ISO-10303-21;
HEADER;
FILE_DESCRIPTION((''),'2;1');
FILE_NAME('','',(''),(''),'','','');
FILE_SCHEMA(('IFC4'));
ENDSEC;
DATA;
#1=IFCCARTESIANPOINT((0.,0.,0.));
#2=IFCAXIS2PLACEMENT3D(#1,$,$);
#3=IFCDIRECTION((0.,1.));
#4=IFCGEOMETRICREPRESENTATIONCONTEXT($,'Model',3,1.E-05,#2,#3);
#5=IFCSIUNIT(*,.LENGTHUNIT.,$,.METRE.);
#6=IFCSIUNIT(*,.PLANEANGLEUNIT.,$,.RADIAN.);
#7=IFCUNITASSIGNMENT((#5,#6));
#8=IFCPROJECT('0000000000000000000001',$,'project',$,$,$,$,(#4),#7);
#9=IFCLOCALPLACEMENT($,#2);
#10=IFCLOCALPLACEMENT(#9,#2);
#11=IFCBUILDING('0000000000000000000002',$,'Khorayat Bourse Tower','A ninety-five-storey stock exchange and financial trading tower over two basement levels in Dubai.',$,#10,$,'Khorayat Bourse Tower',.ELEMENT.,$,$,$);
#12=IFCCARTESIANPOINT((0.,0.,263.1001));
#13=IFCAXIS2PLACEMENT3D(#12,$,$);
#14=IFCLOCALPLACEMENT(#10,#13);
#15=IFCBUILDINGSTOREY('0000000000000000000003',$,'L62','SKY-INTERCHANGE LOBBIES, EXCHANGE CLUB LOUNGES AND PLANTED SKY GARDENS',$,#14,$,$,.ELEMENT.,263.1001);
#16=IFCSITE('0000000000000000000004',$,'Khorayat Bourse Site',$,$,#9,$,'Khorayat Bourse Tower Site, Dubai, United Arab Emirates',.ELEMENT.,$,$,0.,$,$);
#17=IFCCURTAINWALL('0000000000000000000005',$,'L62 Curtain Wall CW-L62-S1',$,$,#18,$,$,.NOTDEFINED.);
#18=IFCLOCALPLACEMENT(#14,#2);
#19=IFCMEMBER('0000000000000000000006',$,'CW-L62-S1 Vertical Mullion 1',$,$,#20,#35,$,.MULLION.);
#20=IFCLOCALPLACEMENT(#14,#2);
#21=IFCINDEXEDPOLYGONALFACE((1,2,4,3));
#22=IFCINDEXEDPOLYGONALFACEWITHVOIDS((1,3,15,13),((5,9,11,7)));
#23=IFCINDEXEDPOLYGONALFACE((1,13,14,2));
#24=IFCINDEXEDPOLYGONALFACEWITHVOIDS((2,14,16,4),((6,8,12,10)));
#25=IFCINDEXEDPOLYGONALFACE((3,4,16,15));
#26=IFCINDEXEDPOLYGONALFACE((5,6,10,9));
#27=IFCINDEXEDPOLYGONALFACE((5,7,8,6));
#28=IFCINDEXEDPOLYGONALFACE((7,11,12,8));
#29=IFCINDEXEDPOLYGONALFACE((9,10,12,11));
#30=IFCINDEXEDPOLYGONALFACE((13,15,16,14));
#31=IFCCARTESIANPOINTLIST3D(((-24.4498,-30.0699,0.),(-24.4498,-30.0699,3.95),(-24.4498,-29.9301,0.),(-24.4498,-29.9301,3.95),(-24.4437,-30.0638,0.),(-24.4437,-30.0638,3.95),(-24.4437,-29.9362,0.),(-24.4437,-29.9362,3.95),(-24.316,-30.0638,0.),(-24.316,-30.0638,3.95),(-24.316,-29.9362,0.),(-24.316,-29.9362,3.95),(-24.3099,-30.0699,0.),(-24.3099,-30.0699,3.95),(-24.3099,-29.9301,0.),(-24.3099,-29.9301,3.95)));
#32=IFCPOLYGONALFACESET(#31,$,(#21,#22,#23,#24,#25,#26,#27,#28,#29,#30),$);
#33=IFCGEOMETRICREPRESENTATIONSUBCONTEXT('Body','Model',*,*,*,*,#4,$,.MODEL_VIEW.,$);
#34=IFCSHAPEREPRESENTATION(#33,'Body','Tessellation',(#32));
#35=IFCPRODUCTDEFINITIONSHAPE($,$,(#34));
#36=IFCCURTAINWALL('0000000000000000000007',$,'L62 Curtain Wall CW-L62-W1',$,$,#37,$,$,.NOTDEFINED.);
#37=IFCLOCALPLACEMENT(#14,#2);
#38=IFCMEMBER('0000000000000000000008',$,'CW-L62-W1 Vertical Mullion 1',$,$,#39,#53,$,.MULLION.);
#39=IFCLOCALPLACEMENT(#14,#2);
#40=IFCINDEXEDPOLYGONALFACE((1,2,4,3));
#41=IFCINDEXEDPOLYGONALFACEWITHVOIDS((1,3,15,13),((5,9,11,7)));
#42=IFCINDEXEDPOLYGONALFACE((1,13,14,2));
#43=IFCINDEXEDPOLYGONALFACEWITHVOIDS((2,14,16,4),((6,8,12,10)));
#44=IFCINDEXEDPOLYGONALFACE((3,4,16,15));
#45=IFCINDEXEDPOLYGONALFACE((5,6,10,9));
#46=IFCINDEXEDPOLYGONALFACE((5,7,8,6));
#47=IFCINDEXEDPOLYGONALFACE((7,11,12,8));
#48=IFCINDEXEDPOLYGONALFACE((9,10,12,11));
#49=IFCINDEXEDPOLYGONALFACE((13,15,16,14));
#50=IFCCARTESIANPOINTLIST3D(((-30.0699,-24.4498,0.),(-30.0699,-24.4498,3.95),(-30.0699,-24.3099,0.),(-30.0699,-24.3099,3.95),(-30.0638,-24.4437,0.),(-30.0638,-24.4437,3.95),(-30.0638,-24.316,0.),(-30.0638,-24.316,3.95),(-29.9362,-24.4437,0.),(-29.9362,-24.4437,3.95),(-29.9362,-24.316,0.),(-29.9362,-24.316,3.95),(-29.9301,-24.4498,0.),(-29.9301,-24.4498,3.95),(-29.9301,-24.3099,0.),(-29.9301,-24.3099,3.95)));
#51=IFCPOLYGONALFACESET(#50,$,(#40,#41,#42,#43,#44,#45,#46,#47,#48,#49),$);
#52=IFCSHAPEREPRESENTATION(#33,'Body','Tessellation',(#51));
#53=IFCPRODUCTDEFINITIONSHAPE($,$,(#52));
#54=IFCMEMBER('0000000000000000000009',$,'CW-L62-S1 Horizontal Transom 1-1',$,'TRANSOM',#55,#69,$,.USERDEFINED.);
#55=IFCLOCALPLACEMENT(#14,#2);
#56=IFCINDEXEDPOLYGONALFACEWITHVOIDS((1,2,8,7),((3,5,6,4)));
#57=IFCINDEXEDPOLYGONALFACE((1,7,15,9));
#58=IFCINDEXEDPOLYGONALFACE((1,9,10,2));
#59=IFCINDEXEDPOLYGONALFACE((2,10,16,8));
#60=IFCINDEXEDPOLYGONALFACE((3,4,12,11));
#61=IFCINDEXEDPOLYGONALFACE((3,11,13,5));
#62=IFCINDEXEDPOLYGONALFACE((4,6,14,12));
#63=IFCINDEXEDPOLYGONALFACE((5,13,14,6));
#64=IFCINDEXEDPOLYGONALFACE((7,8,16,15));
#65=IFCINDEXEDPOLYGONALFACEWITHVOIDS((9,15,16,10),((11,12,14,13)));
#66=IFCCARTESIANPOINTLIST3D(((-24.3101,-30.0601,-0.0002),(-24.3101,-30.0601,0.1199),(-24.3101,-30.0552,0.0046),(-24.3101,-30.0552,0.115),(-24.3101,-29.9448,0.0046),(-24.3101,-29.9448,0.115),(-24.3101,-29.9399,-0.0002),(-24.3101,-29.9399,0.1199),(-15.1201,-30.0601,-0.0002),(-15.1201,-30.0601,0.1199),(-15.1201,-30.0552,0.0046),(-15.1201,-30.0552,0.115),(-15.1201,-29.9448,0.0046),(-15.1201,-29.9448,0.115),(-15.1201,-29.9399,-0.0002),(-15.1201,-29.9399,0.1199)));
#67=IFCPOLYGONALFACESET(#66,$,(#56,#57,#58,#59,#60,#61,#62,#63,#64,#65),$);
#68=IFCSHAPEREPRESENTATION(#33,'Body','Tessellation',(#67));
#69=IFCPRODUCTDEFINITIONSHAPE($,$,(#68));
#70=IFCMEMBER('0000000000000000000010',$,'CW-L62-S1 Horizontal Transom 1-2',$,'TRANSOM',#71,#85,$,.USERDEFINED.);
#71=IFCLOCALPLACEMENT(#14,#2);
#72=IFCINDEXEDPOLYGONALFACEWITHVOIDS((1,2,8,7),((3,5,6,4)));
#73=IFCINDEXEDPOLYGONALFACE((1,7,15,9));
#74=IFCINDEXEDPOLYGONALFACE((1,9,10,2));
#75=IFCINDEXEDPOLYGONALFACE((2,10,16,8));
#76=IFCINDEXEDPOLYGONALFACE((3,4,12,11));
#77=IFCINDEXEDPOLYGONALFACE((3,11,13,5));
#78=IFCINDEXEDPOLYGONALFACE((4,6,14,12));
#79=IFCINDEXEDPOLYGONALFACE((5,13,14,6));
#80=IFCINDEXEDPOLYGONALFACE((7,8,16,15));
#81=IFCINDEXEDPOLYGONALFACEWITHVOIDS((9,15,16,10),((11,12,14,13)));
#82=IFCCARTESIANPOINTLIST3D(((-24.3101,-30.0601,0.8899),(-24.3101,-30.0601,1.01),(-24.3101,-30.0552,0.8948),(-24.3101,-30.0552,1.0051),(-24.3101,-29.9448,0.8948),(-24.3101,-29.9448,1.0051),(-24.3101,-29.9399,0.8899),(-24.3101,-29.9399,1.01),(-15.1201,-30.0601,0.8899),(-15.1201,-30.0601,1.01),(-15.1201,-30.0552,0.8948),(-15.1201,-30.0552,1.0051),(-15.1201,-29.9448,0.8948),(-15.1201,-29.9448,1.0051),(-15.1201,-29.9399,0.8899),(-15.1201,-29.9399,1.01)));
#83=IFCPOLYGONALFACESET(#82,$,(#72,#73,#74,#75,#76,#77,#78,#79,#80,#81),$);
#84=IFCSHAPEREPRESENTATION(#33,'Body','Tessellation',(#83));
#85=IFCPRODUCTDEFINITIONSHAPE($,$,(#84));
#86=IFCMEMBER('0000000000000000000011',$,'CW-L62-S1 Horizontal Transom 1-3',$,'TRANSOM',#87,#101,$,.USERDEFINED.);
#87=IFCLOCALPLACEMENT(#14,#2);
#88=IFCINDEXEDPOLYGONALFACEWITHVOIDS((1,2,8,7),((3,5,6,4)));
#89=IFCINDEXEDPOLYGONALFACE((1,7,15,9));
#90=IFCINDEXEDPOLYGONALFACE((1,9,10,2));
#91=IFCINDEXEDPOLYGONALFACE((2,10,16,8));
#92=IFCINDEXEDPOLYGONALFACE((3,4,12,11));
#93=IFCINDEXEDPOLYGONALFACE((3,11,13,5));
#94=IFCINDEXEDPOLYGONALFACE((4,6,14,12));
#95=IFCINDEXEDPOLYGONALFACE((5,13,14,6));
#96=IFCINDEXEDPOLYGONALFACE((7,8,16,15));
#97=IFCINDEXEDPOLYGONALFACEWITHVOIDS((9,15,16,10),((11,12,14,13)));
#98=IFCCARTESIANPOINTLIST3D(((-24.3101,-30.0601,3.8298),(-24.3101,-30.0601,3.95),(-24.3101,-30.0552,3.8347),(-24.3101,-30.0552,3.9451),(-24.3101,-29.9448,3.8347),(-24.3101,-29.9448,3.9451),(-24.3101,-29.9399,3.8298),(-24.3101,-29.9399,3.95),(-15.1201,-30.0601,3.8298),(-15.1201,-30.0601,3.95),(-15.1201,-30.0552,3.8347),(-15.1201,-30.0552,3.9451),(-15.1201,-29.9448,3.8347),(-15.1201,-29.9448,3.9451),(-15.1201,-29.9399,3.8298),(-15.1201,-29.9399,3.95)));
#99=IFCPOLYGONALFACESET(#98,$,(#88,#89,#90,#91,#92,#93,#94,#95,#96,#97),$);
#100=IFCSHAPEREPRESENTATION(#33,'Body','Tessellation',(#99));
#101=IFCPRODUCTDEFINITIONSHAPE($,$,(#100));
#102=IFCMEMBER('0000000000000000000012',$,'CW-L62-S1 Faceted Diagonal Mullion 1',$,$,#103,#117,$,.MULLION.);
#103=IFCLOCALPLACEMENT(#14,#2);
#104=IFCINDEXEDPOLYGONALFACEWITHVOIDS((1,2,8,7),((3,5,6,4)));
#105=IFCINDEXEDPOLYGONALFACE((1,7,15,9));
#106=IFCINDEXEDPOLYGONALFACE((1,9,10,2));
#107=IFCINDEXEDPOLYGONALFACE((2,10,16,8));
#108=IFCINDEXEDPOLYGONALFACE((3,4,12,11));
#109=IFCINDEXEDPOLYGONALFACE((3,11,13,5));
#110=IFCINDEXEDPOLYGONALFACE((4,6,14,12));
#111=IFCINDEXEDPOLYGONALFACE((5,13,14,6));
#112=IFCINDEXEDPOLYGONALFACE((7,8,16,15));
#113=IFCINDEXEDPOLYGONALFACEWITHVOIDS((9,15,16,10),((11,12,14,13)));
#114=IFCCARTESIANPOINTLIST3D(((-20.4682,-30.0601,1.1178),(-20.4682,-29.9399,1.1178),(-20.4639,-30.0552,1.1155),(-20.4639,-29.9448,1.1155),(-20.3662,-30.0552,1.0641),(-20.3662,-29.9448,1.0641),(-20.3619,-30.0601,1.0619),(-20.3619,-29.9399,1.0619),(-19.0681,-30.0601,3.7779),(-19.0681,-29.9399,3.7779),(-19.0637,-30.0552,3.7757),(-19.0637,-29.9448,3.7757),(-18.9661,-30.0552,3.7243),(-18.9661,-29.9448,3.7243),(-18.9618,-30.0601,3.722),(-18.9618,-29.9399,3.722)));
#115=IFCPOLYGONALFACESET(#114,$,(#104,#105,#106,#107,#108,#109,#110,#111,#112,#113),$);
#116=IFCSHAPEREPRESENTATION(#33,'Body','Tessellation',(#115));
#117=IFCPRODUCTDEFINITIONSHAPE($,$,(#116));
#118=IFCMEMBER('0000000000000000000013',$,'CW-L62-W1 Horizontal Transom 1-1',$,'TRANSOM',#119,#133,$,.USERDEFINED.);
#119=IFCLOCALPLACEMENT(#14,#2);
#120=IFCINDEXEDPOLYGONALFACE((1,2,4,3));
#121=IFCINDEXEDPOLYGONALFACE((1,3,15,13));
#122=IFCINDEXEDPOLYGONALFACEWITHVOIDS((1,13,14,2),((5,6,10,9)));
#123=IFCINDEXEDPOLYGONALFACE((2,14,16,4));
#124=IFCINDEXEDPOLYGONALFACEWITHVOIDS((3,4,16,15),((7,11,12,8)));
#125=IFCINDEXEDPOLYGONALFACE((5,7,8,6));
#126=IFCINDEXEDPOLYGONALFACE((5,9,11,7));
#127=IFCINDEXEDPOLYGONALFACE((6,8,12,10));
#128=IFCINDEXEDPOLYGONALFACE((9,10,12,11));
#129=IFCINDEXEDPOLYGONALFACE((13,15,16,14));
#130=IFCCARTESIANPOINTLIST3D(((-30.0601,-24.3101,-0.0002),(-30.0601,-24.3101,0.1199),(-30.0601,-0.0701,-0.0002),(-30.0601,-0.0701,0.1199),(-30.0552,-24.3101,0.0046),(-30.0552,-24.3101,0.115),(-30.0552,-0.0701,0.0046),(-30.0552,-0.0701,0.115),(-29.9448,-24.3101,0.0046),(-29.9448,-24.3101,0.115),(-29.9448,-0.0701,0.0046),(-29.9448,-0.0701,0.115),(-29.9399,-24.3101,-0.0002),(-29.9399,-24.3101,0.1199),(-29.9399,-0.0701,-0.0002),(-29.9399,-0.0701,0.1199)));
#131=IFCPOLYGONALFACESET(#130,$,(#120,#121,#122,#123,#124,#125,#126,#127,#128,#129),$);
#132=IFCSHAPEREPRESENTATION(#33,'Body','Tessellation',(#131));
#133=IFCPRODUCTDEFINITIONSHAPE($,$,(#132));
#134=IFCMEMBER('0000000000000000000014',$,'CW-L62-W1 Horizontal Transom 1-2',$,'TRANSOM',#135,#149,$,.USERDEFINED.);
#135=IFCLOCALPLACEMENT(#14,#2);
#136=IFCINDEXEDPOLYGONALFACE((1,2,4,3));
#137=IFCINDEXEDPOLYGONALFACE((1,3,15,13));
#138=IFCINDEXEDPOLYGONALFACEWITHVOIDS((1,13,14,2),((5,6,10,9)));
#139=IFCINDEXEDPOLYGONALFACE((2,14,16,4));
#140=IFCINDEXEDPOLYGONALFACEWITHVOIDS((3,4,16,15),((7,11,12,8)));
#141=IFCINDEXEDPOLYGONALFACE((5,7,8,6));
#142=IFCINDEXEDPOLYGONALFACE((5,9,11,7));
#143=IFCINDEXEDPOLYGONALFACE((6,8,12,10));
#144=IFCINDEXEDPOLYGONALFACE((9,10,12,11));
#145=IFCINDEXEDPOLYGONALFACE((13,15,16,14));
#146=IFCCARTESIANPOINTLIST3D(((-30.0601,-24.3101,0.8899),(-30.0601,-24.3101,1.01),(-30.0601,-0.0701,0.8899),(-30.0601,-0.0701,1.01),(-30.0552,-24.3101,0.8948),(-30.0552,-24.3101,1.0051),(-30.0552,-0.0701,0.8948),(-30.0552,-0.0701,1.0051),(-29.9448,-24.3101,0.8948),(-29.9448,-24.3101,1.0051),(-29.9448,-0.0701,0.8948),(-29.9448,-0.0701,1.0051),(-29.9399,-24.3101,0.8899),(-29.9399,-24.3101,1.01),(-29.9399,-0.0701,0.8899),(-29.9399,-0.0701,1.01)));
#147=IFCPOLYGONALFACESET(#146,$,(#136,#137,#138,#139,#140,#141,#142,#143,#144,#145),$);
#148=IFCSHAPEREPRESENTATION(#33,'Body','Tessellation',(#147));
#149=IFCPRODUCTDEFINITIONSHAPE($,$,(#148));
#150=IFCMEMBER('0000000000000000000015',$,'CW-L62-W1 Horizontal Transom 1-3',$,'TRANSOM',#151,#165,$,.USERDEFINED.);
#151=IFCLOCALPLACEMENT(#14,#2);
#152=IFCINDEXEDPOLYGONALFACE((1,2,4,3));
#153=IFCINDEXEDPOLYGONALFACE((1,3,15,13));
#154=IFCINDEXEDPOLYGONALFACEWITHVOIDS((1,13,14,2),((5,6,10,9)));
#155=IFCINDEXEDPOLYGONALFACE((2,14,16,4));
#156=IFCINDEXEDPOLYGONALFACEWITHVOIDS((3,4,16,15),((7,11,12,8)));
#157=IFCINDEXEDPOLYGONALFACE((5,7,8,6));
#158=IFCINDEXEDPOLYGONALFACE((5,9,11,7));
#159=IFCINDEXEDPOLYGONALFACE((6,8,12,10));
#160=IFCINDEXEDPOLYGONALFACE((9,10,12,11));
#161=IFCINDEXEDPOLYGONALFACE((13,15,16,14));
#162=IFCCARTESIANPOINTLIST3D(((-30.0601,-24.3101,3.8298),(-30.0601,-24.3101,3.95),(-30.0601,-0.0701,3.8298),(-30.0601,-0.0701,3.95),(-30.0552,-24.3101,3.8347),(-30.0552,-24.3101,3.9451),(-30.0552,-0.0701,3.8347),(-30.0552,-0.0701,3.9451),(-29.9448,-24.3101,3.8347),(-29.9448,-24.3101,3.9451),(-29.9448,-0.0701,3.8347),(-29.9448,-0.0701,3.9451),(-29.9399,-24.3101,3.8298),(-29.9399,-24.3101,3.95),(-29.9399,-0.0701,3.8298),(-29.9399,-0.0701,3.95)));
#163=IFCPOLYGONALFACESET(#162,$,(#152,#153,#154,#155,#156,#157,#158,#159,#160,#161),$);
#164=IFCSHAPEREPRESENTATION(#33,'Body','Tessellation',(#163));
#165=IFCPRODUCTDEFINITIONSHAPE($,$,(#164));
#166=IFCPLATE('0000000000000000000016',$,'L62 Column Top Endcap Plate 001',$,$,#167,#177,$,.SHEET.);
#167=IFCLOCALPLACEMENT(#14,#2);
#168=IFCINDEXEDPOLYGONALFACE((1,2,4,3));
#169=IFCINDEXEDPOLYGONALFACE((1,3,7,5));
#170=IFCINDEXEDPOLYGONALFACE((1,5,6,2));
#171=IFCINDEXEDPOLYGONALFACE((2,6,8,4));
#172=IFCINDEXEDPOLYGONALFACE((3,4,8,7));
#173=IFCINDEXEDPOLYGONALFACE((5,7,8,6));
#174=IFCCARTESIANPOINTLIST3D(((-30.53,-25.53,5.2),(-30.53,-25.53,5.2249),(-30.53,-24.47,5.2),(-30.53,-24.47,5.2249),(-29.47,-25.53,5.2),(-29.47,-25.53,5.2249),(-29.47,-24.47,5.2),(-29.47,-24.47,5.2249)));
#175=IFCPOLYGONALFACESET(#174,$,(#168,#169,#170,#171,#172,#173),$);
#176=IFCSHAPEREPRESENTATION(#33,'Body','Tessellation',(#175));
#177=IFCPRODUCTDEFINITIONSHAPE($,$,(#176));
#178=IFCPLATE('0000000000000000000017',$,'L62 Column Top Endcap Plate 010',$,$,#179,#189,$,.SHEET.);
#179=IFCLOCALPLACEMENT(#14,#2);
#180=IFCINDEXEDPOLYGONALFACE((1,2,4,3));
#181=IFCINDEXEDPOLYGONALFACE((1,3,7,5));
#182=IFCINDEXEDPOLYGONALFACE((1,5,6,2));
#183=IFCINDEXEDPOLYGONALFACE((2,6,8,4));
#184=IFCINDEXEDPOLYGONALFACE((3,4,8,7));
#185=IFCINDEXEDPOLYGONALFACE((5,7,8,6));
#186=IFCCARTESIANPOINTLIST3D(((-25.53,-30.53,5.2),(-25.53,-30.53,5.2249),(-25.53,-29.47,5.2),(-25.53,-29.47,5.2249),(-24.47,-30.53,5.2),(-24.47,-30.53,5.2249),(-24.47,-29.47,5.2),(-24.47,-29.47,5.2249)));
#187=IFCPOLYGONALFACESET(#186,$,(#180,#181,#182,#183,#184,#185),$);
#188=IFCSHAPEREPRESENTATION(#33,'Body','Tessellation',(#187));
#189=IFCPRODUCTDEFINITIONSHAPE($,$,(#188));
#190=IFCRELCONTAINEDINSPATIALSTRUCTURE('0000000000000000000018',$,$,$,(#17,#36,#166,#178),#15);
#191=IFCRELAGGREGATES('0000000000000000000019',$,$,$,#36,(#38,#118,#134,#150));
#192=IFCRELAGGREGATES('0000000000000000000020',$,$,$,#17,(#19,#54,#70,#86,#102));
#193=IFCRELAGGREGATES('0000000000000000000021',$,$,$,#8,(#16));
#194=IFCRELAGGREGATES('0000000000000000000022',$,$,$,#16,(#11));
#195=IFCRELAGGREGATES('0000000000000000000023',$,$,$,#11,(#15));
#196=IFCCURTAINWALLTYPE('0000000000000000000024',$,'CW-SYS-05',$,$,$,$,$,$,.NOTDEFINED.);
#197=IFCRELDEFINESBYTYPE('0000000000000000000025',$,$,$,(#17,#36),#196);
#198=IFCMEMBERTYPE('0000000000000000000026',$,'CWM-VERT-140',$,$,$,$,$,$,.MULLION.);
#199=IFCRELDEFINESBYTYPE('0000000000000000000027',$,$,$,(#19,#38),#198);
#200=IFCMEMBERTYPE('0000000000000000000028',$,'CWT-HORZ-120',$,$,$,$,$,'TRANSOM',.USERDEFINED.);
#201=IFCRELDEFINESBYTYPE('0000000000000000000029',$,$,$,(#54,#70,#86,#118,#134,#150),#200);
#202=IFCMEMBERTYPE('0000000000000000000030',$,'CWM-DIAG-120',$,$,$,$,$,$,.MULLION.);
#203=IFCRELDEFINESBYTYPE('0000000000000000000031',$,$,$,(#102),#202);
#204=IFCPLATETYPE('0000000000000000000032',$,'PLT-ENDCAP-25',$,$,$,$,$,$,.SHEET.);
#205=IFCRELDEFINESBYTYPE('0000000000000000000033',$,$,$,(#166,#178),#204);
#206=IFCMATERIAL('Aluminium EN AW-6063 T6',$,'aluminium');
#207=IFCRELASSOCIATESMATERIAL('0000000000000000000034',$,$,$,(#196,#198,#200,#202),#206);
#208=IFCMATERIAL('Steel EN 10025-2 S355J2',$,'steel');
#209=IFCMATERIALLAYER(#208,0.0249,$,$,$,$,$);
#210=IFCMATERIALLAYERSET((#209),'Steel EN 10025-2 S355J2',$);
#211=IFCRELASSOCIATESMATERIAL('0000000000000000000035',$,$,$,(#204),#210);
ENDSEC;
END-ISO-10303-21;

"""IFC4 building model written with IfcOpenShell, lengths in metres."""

from ifc_helpers import new_model, si_unit, direction, frame, origin, origin_2d, place, context, subcontext, project, spatial, rectangle, hollow_rectangle, extrude, source, transform, mapped, material, layer, layer_set, material_profile, profile_set, type_object, element, aggregate, save


model = new_model("IFC4")

# Units and contexts
model_context = context("Model", 3, precision=1e-05, world=origin(), true_north=direction((0.0, 1.0)))
body_context = subcontext(model_context, "Body", "Model", "MODEL_VIEW")
ifc_project = project(units=[si_unit("LENGTHUNIT", "METRE"), si_unit("PLANEANGLEUNIT", "RADIAN")], contexts=[model_context])

# Site, building, storey
site_placement = place(None, origin())
site = spatial("IfcSite", under=ifc_project, at=site_placement, Name="Khorayat Bourse Site", LongName="Khorayat Bourse Tower Site, Dubai, United Arab Emirates", CompositionType="ELEMENT", RefElevation=0.0)
building_placement = place(site_placement, origin())
building = spatial("IfcBuilding", under=site, at=building_placement, Name="Khorayat Bourse Tower", Description="A ninety-five-storey stock exchange and financial trading tower over two basement levels in Dubai.", LongName="Khorayat Bourse Tower", CompositionType="ELEMENT")
storey_placement = place(building_placement, frame((0.0, 0.0, 263.1001)))
storey = spatial("IfcBuildingStorey", under=building, at=storey_placement, Name="L62", Description="SKY-INTERCHANGE LOBBIES, EXCHANGE CLUB LOUNGES AND PLANTED SKY GARDENS", CompositionType="ELEMENT", Elevation=263.1001)

# Curtain walls, members
ifc_material_1 = material(Name="Aluminium EN AW-6063 T6", Category="aluminium")
curtain_wall_type = type_object("IfcCurtainWallType", Name="CW-SYS-05", PredefinedType="NOTDEFINED", material=ifc_material_1)
curtain_wall_1_placement = place(storey_placement, origin())
curtain_wall_1 = element("IfcCurtainWall", 1, at=curtain_wall_1_placement, inside=storey, type_object=curtain_wall_type, Name="L62 Curtain Wall CW-L62-S1", PredefinedType="NOTDEFINED")
ifc_material_profile_1 = material_profile(ifc_material_1, hollow_rectangle(XDim=0.1399, YDim=0.1399, WallThickness=0.0061, at=origin_2d()), Name="ALU 140x140x6")
ifc_profile_set_1 = profile_set([ifc_material_profile_1], Name="Aluminium EN AW-6063 T6")
member_type_1 = type_object("IfcMemberType", Name="CWM-VERT-140", PredefinedType="MULLION", material=ifc_profile_set_1)
shared_shape_1 = source(origin(), body_context, "Body", "SweptSolid", [
    extrude(hollow_rectangle(XDim=0.1399, YDim=0.1399, WallThickness=0.0061, at=origin_2d()), origin(), (0.0, 0.0, 1.0), 3.95),
])
member_1_placement = place(storey_placement, frame((-24.3799, -30.0, 0.0), z_axis=(0.0, 0.0, 1.0), x_axis=(0.0, 1.0, 0.0)))
member_1 = element("IfcMember", 2, at=member_1_placement, type_object=member_type_1, Name="CW-L62-S1 Vertical Mullion 1", PredefinedType="MULLION", context=body_context, shape_type="MappedRepresentation", body=[
    mapped(shared_shape_1, transform((0.0, 0.0, 0.0), scale=1.0)),
])
curtain_wall_2_placement = place(storey_placement, origin())
curtain_wall_2 = element("IfcCurtainWall", 3, at=curtain_wall_2_placement, inside=storey, type_object=curtain_wall_type, Name="L62 Curtain Wall CW-L62-W1", PredefinedType="NOTDEFINED")
member_2_placement = place(storey_placement, frame((-30.0, -24.3799, 0.0), z_axis=(0.0, 0.0, 1.0), x_axis=(-1.0, 0.0, 0.0)))
member_2 = element("IfcMember", 4, at=member_2_placement, type_object=member_type_1, Name="CW-L62-W1 Vertical Mullion 1", PredefinedType="MULLION", context=body_context, shape_type="MappedRepresentation", body=[
    mapped(shared_shape_1, transform((0.0, 0.0, 0.0), scale=1.0)),
])

# Members
ifc_material_profile_2 = material_profile(ifc_material_1, hollow_rectangle(XDim=0.1201, YDim=0.1201, WallThickness=0.0049, at=origin_2d()), Name="ALU 120x120x5")
ifc_profile_set_2 = profile_set([ifc_material_profile_2], Name="Aluminium EN AW-6063 T6")
member_type_2 = type_object("IfcMemberType", Name="CWT-HORZ-120", ElementType="TRANSOM", PredefinedType="USERDEFINED", material=ifc_profile_set_2)
shared_shape_2 = source(origin(), body_context, "Body", "SweptSolid", [
    extrude(hollow_rectangle(XDim=0.1201, YDim=0.1201, WallThickness=0.0049, at=origin_2d()), origin(), (0.0, 0.0, 1.0), 9.1899),
])
member_3_placement = place(storey_placement, frame((-24.3101, -30.0, 0.0598), z_axis=(1.0, 0.0, 0.0), x_axis=(0.0, 1.0, 0.0)))
member_3 = element("IfcMember", 5, at=member_3_placement, type_object=member_type_2, Name="CW-L62-S1 Horizontal Transom 1-1", ObjectType="TRANSOM", PredefinedType="USERDEFINED", context=body_context, shape_type="MappedRepresentation", body=[
    mapped(shared_shape_2, transform((0.0, 0.0, 0.0), scale=1.0)),
])
member_4_placement = place(storey_placement, frame((-24.3101, -30.0, 0.95), z_axis=(1.0, 0.0, 0.0), x_axis=(0.0, 1.0, 0.0)))
member_4 = element("IfcMember", 6, at=member_4_placement, type_object=member_type_2, Name="CW-L62-S1 Horizontal Transom 1-2", ObjectType="TRANSOM", PredefinedType="USERDEFINED", context=body_context, shape_type="MappedRepresentation", body=[
    mapped(shared_shape_2, transform((0.0, 0.0, 0.0), scale=1.0)),
])
member_5_placement = place(storey_placement, frame((-24.3101, -30.0, 3.8899), z_axis=(1.0, 0.0, 0.0), x_axis=(0.0, 1.0, 0.0)))
member_5 = element("IfcMember", 7, at=member_5_placement, type_object=member_type_2, Name="CW-L62-S1 Horizontal Transom 1-3", ObjectType="TRANSOM", PredefinedType="USERDEFINED", context=body_context, shape_type="MappedRepresentation", body=[
    mapped(shared_shape_2, transform((0.0, 0.0, 0.0), scale=1.0)),
])
ifc_material_profile_3 = material_profile(ifc_material_1, hollow_rectangle(XDim=0.1201, YDim=0.1201, WallThickness=0.0049, at=origin_2d()), Name="ALU 120x120x5")
ifc_profile_set_3 = profile_set([ifc_material_profile_3], Name="Aluminium EN AW-6063 T6")
member_type_3 = type_object("IfcMemberType", Name="CWM-DIAG-120", PredefinedType="MULLION", material=ifc_profile_set_3)
shared_shape_3 = source(origin(), body_context, "Body", "SweptSolid", [
    extrude(hollow_rectangle(XDim=0.1201, YDim=0.1201, WallThickness=0.0049, at=origin_2d()), origin(), (0.0, 0.0, 1.0), 3.0061),
])
member_6_placement = place(storey_placement, frame((-20.415, -30.0, 1.0898), z_axis=(0.465763, 0.0, 0.884909), x_axis=(0.0, 1.0, 0.0)))
member_6 = element("IfcMember", 8, at=member_6_placement, type_object=member_type_3, Name="CW-L62-S1 Faceted Diagonal Mullion 1", PredefinedType="MULLION", context=body_context, shape_type="MappedRepresentation", body=[
    mapped(shared_shape_3, transform((0.0, 0.0, 0.0), scale=1.0)),
])
shared_shape_4 = source(origin(), body_context, "Body", "SweptSolid", [
    extrude(hollow_rectangle(XDim=0.1201, YDim=0.1201, WallThickness=0.0049, at=origin_2d()), origin(), (0.0, 0.0, 1.0), 24.24),
])
member_7_placement = place(storey_placement, frame((-30.0, -24.3101, 0.0598), z_axis=(0.0, 1.0, 0.0), x_axis=(-1.0, 0.0, 0.0)))
member_7 = element("IfcMember", 9, at=member_7_placement, type_object=member_type_2, Name="CW-L62-W1 Horizontal Transom 1-1", ObjectType="TRANSOM", PredefinedType="USERDEFINED", context=body_context, shape_type="MappedRepresentation", body=[
    mapped(shared_shape_4, transform((0.0, 0.0, 0.0), scale=1.0)),
])
member_8_placement = place(storey_placement, frame((-30.0, -24.3101, 0.95), z_axis=(0.0, 1.0, 0.0), x_axis=(-1.0, 0.0, 0.0)))
member_8 = element("IfcMember", 10, at=member_8_placement, type_object=member_type_2, Name="CW-L62-W1 Horizontal Transom 1-2", ObjectType="TRANSOM", PredefinedType="USERDEFINED", context=body_context, shape_type="MappedRepresentation", body=[
    mapped(shared_shape_4, transform((0.0, 0.0, 0.0), scale=1.0)),
])
member_9_placement = place(storey_placement, frame((-30.0, -24.3101, 3.8899), z_axis=(0.0, 1.0, 0.0), x_axis=(-1.0, 0.0, 0.0)))
member_9 = element("IfcMember", 11, at=member_9_placement, type_object=member_type_2, Name="CW-L62-W1 Horizontal Transom 1-3", ObjectType="TRANSOM", PredefinedType="USERDEFINED", context=body_context, shape_type="MappedRepresentation", body=[
    mapped(shared_shape_4, transform((0.0, 0.0, 0.0), scale=1.0)),
])
aggregate(curtain_wall_2, [member_2, member_7, member_8, member_9])

# Plates
ifc_material_2 = material(Name="Steel EN 10025-2 S355J2", Category="steel")
ifc_layer_1 = layer(ifc_material_2, 0.0249)
ifc_layer_set_1 = layer_set([ifc_layer_1], Name="Steel EN 10025-2 S355J2")
plate_type_1 = type_object("IfcPlateType", Name="PLT-ENDCAP-25", PredefinedType="SHEET", material=ifc_layer_set_1)
shared_shape_5 = source(origin(), body_context, "Body", "SweptSolid", [
    extrude(rectangle(XDim=1.0601, YDim=1.0601, at=origin_2d()), origin(), (0.0, 0.0, 1.0), 0.0249),
])
for number, where, z_axis, x_axis, name in (
    (12, (-30.0, -25.0, 5.2), (0.0, 0.0, 1.0), (1.0, 0.0, 0.0), "L62 Column Top Endcap Plate 001"),
    (13, (-25.0, -30.0, 5.2), (0.0, 0.0, 1.0), (1.0, 0.0, 0.0), "L62 Column Top Endcap Plate 010"),
):
    element("IfcPlate", number, at=place(storey_placement, frame(where, z_axis=z_axis, x_axis=x_axis)), inside=storey, type_object=plate_type_1, Name=name, PredefinedType="SHEET", context=body_context, shape_type="MappedRepresentation", body=[
        mapped(shared_shape_5, transform((0.0, 0.0, 0.0), scale=1.0)),
    ])

aggregate(curtain_wall_1, [member_1, member_3, member_4, member_5, member_6])

save(model, "model.ifc")
